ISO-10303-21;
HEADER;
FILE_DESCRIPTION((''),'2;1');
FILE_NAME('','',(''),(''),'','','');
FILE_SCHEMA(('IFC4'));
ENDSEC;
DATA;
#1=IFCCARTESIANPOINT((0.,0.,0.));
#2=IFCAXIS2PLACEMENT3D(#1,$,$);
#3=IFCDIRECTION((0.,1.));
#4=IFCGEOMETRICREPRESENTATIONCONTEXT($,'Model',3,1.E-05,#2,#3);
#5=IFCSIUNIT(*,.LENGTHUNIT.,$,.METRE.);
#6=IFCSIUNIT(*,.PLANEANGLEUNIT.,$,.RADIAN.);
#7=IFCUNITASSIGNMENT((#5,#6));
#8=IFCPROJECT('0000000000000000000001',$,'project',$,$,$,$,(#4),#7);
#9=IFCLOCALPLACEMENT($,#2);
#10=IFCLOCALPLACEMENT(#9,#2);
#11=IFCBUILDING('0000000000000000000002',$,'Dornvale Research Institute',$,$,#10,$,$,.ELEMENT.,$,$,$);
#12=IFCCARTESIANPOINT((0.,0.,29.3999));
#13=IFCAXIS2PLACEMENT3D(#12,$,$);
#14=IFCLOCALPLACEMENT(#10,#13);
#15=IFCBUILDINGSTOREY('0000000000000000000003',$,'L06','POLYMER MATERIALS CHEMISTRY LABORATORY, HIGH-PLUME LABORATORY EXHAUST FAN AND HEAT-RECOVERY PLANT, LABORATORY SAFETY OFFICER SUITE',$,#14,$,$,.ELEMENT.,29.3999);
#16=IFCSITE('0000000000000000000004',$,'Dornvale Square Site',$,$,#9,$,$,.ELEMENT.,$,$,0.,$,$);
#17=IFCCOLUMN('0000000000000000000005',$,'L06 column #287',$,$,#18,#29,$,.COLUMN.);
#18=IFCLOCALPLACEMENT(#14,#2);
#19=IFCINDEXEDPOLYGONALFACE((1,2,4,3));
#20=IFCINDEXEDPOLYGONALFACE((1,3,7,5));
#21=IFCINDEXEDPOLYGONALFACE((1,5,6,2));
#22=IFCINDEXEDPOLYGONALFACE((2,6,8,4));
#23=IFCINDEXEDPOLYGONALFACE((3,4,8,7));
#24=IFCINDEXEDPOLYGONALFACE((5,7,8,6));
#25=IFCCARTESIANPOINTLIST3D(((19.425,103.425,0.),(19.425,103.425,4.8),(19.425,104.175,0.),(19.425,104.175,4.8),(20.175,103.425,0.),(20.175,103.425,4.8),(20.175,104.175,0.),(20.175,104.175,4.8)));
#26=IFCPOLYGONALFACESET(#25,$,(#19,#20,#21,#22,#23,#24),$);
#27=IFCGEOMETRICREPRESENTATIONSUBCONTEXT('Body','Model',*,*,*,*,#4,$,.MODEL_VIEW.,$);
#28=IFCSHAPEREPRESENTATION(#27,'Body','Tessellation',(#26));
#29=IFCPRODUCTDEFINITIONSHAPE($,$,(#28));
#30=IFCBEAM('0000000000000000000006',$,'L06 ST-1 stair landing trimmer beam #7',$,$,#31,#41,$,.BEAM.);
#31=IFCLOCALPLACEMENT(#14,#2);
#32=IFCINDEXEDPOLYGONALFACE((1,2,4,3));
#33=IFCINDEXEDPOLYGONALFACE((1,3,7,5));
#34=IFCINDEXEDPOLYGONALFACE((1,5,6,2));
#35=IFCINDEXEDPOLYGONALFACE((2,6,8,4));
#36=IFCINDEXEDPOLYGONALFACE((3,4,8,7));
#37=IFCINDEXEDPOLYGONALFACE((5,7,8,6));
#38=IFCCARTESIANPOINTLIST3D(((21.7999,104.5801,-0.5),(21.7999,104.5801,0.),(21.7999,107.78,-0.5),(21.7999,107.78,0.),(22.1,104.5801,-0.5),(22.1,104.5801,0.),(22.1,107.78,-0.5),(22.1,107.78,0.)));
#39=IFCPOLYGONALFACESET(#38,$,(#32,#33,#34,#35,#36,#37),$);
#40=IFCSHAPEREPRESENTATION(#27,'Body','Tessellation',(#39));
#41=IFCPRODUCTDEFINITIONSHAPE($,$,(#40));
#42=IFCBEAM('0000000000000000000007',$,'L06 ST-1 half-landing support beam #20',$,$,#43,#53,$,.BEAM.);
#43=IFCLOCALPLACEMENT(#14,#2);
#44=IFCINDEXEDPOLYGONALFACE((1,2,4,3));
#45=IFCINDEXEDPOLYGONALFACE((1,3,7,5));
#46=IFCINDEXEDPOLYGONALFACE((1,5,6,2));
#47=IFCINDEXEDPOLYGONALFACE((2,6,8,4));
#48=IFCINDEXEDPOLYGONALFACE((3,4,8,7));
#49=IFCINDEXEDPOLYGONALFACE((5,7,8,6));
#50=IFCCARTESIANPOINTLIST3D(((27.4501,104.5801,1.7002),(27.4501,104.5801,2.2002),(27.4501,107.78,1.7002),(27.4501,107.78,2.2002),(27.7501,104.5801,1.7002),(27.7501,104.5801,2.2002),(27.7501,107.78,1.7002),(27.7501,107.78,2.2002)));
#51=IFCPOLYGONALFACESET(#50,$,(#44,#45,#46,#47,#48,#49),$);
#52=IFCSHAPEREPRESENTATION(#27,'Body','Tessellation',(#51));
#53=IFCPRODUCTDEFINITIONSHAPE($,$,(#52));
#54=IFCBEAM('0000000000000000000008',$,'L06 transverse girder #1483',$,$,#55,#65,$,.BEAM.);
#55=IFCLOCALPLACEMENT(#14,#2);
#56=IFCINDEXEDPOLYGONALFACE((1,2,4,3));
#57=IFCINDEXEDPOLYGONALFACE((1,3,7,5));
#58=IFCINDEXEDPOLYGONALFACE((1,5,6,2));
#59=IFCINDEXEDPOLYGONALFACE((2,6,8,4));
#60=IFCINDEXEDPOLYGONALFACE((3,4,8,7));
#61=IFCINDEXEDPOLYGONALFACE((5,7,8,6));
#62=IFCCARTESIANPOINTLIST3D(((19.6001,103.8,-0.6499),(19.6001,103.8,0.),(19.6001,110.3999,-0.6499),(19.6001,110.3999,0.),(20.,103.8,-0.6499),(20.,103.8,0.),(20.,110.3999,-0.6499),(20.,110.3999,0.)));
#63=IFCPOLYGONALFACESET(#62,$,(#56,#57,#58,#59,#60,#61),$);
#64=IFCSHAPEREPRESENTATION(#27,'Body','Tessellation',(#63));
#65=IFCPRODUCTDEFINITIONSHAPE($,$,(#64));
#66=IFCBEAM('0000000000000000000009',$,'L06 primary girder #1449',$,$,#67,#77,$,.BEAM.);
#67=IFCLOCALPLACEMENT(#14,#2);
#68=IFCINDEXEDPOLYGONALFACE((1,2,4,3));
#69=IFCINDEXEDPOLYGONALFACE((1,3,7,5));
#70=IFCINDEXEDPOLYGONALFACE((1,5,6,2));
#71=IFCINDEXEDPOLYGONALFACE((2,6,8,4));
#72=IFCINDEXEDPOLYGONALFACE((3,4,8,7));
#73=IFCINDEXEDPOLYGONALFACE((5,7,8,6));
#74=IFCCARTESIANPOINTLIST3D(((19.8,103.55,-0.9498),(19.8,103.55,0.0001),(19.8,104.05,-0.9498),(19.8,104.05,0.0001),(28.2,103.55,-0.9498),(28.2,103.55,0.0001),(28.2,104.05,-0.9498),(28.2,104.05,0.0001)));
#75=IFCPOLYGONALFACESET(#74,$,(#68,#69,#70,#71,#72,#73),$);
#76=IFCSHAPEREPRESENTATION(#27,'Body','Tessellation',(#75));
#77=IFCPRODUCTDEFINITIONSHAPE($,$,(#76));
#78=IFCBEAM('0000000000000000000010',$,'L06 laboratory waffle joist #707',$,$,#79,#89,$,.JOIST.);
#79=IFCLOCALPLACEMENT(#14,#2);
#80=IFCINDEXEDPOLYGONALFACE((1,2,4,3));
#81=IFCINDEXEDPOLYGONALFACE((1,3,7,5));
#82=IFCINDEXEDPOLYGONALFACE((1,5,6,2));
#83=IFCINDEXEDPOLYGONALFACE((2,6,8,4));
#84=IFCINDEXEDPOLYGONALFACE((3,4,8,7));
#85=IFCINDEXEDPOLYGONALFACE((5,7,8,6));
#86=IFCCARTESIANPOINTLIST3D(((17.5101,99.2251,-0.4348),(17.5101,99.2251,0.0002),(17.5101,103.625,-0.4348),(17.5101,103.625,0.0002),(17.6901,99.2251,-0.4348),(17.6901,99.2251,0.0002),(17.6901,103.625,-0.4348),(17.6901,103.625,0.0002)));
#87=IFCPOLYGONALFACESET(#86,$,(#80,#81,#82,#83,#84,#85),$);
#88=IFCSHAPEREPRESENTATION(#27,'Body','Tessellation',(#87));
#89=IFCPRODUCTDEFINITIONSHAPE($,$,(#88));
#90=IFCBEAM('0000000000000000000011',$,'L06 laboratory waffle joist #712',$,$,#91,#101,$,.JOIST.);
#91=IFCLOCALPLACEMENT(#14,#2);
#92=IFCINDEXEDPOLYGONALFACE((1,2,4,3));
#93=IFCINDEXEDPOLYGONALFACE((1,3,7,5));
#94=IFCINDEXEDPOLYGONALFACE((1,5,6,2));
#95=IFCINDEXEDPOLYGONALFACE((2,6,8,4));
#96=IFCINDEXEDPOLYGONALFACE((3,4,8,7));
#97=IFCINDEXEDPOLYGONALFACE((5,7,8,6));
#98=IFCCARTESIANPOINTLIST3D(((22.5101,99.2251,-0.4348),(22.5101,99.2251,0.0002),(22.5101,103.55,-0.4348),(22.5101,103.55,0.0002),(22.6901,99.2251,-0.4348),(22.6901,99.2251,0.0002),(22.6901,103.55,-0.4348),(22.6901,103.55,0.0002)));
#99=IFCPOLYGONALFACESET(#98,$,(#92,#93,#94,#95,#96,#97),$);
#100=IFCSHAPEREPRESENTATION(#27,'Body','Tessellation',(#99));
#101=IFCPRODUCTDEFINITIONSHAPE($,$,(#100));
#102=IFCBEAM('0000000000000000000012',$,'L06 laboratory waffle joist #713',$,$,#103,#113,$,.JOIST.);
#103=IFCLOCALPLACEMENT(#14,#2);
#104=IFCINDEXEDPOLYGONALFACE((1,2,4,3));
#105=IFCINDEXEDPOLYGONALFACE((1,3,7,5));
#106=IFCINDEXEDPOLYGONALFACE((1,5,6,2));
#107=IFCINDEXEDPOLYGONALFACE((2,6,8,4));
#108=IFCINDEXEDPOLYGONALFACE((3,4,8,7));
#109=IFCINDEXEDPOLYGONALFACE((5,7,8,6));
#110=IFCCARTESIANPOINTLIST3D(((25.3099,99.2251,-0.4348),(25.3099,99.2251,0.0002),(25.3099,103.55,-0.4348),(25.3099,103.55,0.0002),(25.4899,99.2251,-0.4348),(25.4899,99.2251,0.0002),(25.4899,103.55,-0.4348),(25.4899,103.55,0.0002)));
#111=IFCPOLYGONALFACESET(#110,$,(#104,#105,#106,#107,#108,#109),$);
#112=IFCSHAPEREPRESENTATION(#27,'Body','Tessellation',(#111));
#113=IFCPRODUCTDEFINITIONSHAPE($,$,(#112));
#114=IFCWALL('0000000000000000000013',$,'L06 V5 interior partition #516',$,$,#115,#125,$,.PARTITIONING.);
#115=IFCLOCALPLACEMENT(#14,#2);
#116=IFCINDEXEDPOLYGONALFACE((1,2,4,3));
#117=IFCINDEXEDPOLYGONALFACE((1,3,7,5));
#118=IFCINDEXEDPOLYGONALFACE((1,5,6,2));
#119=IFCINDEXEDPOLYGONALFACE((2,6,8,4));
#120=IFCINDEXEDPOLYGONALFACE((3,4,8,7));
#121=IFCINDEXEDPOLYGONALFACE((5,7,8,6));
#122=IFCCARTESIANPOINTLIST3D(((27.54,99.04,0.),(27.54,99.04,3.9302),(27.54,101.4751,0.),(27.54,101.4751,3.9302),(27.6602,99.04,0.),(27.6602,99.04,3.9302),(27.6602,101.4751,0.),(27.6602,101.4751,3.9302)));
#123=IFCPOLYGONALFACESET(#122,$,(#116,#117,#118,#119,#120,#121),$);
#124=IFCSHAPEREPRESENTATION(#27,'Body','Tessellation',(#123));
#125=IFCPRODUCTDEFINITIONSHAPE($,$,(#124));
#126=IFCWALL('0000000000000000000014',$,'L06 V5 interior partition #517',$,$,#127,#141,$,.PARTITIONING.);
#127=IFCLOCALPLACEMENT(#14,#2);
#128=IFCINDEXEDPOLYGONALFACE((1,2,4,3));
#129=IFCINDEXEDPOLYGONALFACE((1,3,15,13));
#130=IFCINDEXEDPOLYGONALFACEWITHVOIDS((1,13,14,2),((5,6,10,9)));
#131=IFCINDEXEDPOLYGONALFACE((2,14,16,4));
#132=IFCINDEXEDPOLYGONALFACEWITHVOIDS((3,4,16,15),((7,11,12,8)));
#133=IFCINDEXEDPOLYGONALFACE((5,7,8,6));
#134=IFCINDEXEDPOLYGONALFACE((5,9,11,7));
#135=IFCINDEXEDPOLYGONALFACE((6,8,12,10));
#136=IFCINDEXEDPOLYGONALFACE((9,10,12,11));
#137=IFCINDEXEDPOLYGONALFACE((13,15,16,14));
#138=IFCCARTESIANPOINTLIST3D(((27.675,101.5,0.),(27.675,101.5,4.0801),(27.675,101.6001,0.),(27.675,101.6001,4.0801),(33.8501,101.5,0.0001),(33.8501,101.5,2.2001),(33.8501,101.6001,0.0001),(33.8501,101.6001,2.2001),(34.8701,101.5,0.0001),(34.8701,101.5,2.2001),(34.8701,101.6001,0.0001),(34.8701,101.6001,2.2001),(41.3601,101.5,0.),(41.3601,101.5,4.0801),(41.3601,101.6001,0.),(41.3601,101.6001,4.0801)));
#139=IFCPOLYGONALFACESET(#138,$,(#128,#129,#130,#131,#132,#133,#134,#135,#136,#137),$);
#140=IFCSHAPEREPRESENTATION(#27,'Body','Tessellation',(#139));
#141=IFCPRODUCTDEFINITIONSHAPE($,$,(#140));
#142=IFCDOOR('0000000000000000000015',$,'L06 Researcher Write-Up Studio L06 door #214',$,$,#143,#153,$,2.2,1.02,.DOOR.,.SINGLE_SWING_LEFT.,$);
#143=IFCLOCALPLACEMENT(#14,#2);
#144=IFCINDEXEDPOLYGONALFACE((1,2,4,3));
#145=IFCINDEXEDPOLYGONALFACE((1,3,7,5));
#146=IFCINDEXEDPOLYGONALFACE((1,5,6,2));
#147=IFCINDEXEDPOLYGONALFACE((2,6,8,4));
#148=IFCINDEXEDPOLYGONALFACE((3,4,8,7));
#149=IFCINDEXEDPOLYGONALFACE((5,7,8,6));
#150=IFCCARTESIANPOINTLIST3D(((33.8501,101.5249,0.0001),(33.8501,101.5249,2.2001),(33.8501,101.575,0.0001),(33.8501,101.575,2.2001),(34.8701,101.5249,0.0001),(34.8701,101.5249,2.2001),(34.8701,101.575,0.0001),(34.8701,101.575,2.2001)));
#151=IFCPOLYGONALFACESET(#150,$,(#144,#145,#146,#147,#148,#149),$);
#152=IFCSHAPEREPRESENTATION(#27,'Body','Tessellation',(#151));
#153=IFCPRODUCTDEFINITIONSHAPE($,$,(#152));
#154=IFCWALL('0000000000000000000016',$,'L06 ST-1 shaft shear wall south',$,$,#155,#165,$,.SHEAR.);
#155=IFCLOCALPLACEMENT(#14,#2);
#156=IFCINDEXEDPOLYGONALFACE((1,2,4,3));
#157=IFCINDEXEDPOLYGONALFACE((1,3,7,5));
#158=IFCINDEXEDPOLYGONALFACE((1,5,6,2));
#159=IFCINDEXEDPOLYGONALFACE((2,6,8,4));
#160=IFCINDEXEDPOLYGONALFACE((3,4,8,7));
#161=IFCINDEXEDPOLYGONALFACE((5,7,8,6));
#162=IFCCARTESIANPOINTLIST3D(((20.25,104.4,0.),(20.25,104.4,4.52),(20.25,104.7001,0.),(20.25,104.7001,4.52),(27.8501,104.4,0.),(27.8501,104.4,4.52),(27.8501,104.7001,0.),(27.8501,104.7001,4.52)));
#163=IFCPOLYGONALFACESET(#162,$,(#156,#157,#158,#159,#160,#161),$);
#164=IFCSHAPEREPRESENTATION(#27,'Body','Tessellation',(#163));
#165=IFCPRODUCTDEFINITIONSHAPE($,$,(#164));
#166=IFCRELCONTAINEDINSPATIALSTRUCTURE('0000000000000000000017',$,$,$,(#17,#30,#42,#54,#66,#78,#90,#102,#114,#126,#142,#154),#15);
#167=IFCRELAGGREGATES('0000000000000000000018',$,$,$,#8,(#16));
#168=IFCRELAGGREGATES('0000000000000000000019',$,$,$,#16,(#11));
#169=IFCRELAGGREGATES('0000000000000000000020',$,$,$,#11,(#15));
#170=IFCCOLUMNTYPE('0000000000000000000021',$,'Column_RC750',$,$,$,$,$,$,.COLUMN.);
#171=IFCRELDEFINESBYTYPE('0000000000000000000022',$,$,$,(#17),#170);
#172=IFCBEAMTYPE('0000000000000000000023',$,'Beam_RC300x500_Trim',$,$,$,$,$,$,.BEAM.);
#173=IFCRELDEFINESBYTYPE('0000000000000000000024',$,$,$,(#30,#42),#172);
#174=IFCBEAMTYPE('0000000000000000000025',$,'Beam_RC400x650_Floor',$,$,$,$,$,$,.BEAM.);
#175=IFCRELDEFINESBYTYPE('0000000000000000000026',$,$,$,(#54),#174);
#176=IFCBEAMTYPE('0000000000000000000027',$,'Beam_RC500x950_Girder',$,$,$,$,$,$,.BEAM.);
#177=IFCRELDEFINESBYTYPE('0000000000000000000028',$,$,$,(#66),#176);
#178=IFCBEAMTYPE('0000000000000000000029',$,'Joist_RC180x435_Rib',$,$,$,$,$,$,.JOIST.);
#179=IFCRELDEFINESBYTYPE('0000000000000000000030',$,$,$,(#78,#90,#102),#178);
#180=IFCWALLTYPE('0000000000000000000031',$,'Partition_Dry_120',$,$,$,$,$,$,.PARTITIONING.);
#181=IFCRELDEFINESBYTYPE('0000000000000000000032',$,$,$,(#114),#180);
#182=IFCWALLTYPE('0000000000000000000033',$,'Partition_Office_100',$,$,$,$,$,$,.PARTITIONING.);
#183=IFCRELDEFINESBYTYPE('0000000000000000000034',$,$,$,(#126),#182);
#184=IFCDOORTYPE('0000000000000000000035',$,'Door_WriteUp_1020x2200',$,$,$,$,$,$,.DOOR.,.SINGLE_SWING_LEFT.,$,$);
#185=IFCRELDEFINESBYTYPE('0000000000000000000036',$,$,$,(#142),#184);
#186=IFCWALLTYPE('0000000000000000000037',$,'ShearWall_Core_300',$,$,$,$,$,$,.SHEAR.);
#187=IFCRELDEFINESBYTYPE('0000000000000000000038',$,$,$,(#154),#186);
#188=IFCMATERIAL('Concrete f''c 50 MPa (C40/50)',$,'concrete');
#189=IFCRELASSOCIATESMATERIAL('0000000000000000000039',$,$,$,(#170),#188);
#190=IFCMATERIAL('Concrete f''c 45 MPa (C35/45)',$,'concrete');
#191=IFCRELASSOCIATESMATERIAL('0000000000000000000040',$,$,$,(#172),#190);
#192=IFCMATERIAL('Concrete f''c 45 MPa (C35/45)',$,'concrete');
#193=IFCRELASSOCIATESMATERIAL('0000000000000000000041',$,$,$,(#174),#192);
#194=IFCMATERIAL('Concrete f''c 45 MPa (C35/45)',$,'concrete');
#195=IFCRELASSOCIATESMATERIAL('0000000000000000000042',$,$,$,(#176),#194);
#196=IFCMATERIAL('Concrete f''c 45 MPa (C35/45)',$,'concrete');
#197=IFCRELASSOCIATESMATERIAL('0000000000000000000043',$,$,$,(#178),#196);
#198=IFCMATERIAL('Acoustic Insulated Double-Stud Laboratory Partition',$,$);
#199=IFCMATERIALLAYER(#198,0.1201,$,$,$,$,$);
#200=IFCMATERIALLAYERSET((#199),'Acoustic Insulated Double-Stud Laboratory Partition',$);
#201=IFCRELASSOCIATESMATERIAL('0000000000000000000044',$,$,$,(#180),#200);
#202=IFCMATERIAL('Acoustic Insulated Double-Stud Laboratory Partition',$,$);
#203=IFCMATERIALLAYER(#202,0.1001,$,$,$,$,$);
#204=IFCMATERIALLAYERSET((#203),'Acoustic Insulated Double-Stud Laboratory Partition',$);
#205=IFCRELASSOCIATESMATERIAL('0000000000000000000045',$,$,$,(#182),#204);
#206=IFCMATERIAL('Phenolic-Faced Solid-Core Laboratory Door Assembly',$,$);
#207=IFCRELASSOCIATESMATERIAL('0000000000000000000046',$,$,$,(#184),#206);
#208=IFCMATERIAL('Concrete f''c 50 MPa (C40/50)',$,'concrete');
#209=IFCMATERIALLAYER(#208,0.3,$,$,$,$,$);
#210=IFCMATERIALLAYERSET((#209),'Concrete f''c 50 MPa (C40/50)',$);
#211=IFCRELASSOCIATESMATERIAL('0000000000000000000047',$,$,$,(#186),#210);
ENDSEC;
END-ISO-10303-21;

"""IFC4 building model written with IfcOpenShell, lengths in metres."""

from ifc_helpers import new_model, si_unit, direction, frame, frame_2d, origin, origin_2d, place, context, subcontext, project, spatial, rectangle, extrude, material, layer, layer_set, material_profile, profile_set, type_object, element, fill, save


model = new_model("IFC4")

# Units and contexts
model_context = context("Model", 3, precision=1e-05, world=origin(), true_north=direction((0.0, 1.0)))
body_context = subcontext(model_context, "Body", "Model", "MODEL_VIEW")
ifc_project = project(units=[si_unit("LENGTHUNIT", "METRE"), si_unit("PLANEANGLEUNIT", "RADIAN")], contexts=[model_context])

# Site, building, storey
site_placement = place(None, origin())
site = spatial("IfcSite", under=ifc_project, at=site_placement, Name="Dornvale Square Site", CompositionType="ELEMENT", RefElevation=0.0)
building_placement = place(site_placement, origin())
building = spatial("IfcBuilding", under=site, at=building_placement, Name="Dornvale Research Institute", CompositionType="ELEMENT")
storey_placement = place(building_placement, frame((0.0, 0.0, 29.3999)))
storey = spatial("IfcBuildingStorey", under=building, at=storey_placement, Name="L06", Description="POLYMER MATERIALS CHEMISTRY LABORATORY, HIGH-PLUME LABORATORY EXHAUST FAN AND HEAT-RECOVERY PLANT, LABORATORY SAFETY OFFICER SUITE", CompositionType="ELEMENT", Elevation=29.3999)

# Column
ifc_material_1 = material(Name="Concrete f'c 50 MPa (C40/50)", Category="concrete")
ifc_material_profile_1 = material_profile(ifc_material_1, rectangle(XDim=0.75, YDim=0.75, at=origin_2d()), Name="RC 750x750")
ifc_profile_set_1 = profile_set([ifc_material_profile_1], Name="Concrete f'c 50 MPa (C40/50)")
column_type = type_object("IfcColumnType", Name="Column_RC750", PredefinedType="COLUMN", material=ifc_profile_set_1)
column_placement = place(storey_placement, frame((19.8, 103.8, 0.0), z_axis=(0.0, 0.0, 1.0), x_axis=(1.0, 0.0, 0.0)))
element("IfcColumn", 1, at=column_placement, inside=storey, type_object=column_type, Name="L06 column #287", PredefinedType="COLUMN", context=body_context, shape_type="SweptSolid", body=[
    extrude(rectangle(XDim=0.75, YDim=0.75, at=origin_2d()), origin(), (0.0, 0.0, 1.0), 4.8),
])

# Beams
ifc_material_2 = material(Name="Concrete f'c 45 MPa (C35/45)", Category="concrete")
ifc_material_profile_2 = material_profile(ifc_material_2, rectangle(XDim=0.3, YDim=0.5, at=origin_2d()), Name="RC 300x500")
ifc_profile_set_2 = profile_set([ifc_material_profile_2], Name="Concrete f'c 45 MPa (C35/45)")
beam_type_1 = type_object("IfcBeamType", Name="Beam_RC300x500_Trim", PredefinedType="BEAM", material=ifc_profile_set_2)
for number, where, z_axis, x_axis, name in (
    (2, (21.95, 104.5801, -0.25), (0.0, 1.0, 0.0), (-1.0, 0.0, 0.0), "L06 ST-1 stair landing trimmer beam #7"),
    (3, (27.6001, 104.5801, 1.9502), (0.0, 1.0, 0.0), (-1.0, 0.0, 0.0), "L06 ST-1 half-landing support beam #20"),
):
    element("IfcBeam", number, at=place(storey_placement, frame(where, z_axis=z_axis, x_axis=x_axis)), inside=storey, type_object=beam_type_1, Name=name, PredefinedType="BEAM", context=body_context, shape_type="SweptSolid", body=[
        extrude(rectangle(XDim=0.3, YDim=0.5, at=origin_2d()), origin(), (0.0, 0.0, 1.0), 3.2),
    ])
ifc_material_3 = material(Name="Concrete f'c 45 MPa (C35/45)", Category="concrete")
ifc_material_profile_3 = material_profile(ifc_material_3, rectangle(XDim=0.3999, YDim=0.6499, at=origin_2d()), Name="RC 400x650")
ifc_profile_set_3 = profile_set([ifc_material_profile_3], Name="Concrete f'c 45 MPa (C35/45)")
beam_type_2 = type_object("IfcBeamType", Name="Beam_RC400x650_Floor", PredefinedType="BEAM", material=ifc_profile_set_3)
beam_1_placement = place(storey_placement, frame((19.8, 103.8, -0.325), z_axis=(0.0, 1.0, 0.0), x_axis=(-1.0, 0.0, 0.0)))
element("IfcBeam", 4, at=beam_1_placement, inside=storey, type_object=beam_type_2, Name="L06 transverse girder #1483", PredefinedType="BEAM", context=body_context, shape_type="SweptSolid", body=[
    extrude(rectangle(XDim=0.3999, YDim=0.6499, at=origin_2d()), origin(), (0.0, 0.0, 1.0), 6.5999),
])
ifc_material_4 = material(Name="Concrete f'c 45 MPa (C35/45)", Category="concrete")
ifc_material_profile_4 = material_profile(ifc_material_4, rectangle(XDim=0.5, YDim=0.95, at=origin_2d()), Name="RC 500x950")
ifc_profile_set_4 = profile_set([ifc_material_profile_4], Name="Concrete f'c 45 MPa (C35/45)")
beam_type_3 = type_object("IfcBeamType", Name="Beam_RC500x950_Girder", PredefinedType="BEAM", material=ifc_profile_set_4)
beam_2_placement = place(storey_placement, frame((19.8, 103.8, -0.4749), z_axis=(1.0, 0.0, 0.0), x_axis=(0.0, 1.0, 0.0)))
element("IfcBeam", 5, at=beam_2_placement, inside=storey, type_object=beam_type_3, Name="L06 primary girder #1449", PredefinedType="BEAM", context=body_context, shape_type="SweptSolid", body=[
    extrude(rectangle(XDim=0.5, YDim=0.95, at=origin_2d()), origin(), (0.0, 0.0, 1.0), 8.3999),
])
ifc_material_5 = material(Name="Concrete f'c 45 MPa (C35/45)", Category="concrete")
ifc_material_profile_5 = material_profile(ifc_material_5, rectangle(XDim=0.1799, YDim=0.4351, at=origin_2d()), Name="RC 180x435")
ifc_profile_set_5 = profile_set([ifc_material_profile_5], Name="Concrete f'c 45 MPa (C35/45)")
beam_type_4 = type_object("IfcBeamType", Name="Joist_RC180x435_Rib", PredefinedType="JOIST", material=ifc_profile_set_5)
beam_3_placement = place(storey_placement, frame((17.6001, 99.2251, -0.2173), z_axis=(0.0, 1.0, 0.0), x_axis=(-1.0, 0.0, 0.0)))
element("IfcBeam", 6, at=beam_3_placement, inside=storey, type_object=beam_type_4, Name="L06 laboratory waffle joist #707", PredefinedType="JOIST", context=body_context, shape_type="SweptSolid", body=[
    extrude(rectangle(XDim=0.1799, YDim=0.4351, at=origin_2d()), origin(), (0.0, 0.0, 1.0), 4.3999),
])
for number, where, z_axis, x_axis, name in (
    (7, (22.6001, 99.2251, -0.2173), (0.0, 1.0, 0.0), (-1.0, 0.0, 0.0), "L06 laboratory waffle joist #712"),
    (8, (25.3999, 99.2251, -0.2173), (0.0, 1.0, 0.0), (-1.0, 0.0, 0.0), "L06 laboratory waffle joist #713"),
):
    element("IfcBeam", number, at=place(storey_placement, frame(where, z_axis=z_axis, x_axis=x_axis)), inside=storey, type_object=beam_type_4, Name=name, PredefinedType="JOIST", context=body_context, shape_type="SweptSolid", body=[
        extrude(rectangle(XDim=0.1799, YDim=0.4351, at=origin_2d()), origin(), (0.0, 0.0, 1.0), 4.325),
    ])

# Wall
ifc_material_6 = material(Name="Acoustic Insulated Double-Stud Laboratory Partition")
ifc_layer_1 = layer(ifc_material_6, 0.1201)
ifc_layer_set_1 = layer_set([ifc_layer_1], Name="Acoustic Insulated Double-Stud Laboratory Partition")
wall_type_1 = type_object("IfcWallType", Name="Partition_Dry_120", PredefinedType="PARTITIONING", material=ifc_layer_set_1)
wall_1_placement = place(storey_placement, frame((27.6001, 99.04, 0.0), z_axis=(0.0, 0.0, 1.0), x_axis=(0.0, 1.0, 0.0)))
element("IfcWall", 9, at=wall_1_placement, inside=storey, type_object=wall_type_1, Name="L06 V5 interior partition #516", PredefinedType="PARTITIONING", context=body_context, shape_type="SweptSolid", body=[
    extrude(rectangle(XDim=2.4351, YDim=0.1201, at=frame_2d((1.2175, 0.0))), origin(), (0.0, 0.0, 1.0), 3.9302),
])

# Wall, opening, door
ifc_material_7 = material(Name="Acoustic Insulated Double-Stud Laboratory Partition")
ifc_layer_2 = layer(ifc_material_7, 0.1001)
ifc_layer_set_2 = layer_set([ifc_layer_2], Name="Acoustic Insulated Double-Stud Laboratory Partition")
wall_type_2 = type_object("IfcWallType", Name="Partition_Office_100", PredefinedType="PARTITIONING", material=ifc_layer_set_2)
wall_2_placement = place(storey_placement, frame((27.675, 101.55, 0.0), z_axis=(0.0, 0.0, 1.0), x_axis=(1.0, 0.0, 0.0)))
wall_2 = element("IfcWall", 10, at=wall_2_placement, inside=storey, type_object=wall_type_2, Name="L06 V5 interior partition #517", PredefinedType="PARTITIONING", context=body_context, shape_type="SweptSolid", body=[
    extrude(rectangle(XDim=13.6851, YDim=0.1001, at=frame_2d((6.8425, 0.0))), origin(), (0.0, 0.0, 1.0), 4.0801),
])
opening_1_placement = place(wall_2_placement, frame((6.175, 0.0, 0.0)))
opening_1 = element("IfcOpeningElement", 11, at=opening_1_placement, cuts=wall_2, PredefinedType="OPENING", context=body_context, shape_type="SweptSolid", body=[
    extrude(rectangle(XDim=1.02, YDim=2.2, at=frame_2d((0.51, 1.1001))), frame((0.0, 0.0649, 0.0), z_axis=(0.0, -1.0, 0.0), x_axis=(1.0, 0.0, 0.0)), (0.0, 0.0, 1.0), 0.1301),
])
ifc_material_8 = material(Name="Phenolic-Faced Solid-Core Laboratory Door Assembly")
door_type_1 = type_object("IfcDoorType", Name="Door_WriteUp_1020x2200", OperationType="SINGLE_SWING_LEFT", PredefinedType="DOOR", material=ifc_material_8)
door_1_placement = place(opening_1_placement, origin())
door_1 = element("IfcDoor", 12, at=door_1_placement, inside=storey, type_object=door_type_1, Name="L06 Researcher Write-Up Studio L06 door #214", OperationType="SINGLE_SWING_LEFT", OverallHeight=2.2, OverallWidth=1.02, PredefinedType="DOOR", context=body_context, shape_type="SweptSolid", body=[
    extrude(rectangle(XDim=1.02, YDim=2.2, at=frame_2d((0.51, 1.1001))), frame((0.0, 0.0249, 0.0), z_axis=(0.0, -1.0, 0.0), x_axis=(1.0, 0.0, 0.0)), (0.0, 0.0, 1.0), 0.05),
])
fill(opening_1, door_1)

# Wall
ifc_material_9 = material(Name="Concrete f'c 50 MPa (C40/50)", Category="concrete")
ifc_layer_3 = layer(ifc_material_9, 0.3)
ifc_layer_set_3 = layer_set([ifc_layer_3], Name="Concrete f'c 50 MPa (C40/50)")
wall_type_3 = type_object("IfcWallType", Name="ShearWall_Core_300", PredefinedType="SHEAR", material=ifc_layer_set_3)
wall_3_placement = place(storey_placement, frame((20.25, 104.55, 0.0), z_axis=(0.0, 0.0, 1.0), x_axis=(1.0, 0.0, 0.0)))
element("IfcWall", 13, at=wall_3_placement, inside=storey, type_object=wall_type_3, Name="L06 ST-1 shaft shear wall south", PredefinedType="SHEAR", context=body_context, shape_type="SweptSolid", body=[
    extrude(rectangle(XDim=7.6001, YDim=0.3, at=frame_2d((3.8, 0.0))), origin(), (0.0, 0.0, 1.0), 4.52),
])

save(model, "model.ifc")
